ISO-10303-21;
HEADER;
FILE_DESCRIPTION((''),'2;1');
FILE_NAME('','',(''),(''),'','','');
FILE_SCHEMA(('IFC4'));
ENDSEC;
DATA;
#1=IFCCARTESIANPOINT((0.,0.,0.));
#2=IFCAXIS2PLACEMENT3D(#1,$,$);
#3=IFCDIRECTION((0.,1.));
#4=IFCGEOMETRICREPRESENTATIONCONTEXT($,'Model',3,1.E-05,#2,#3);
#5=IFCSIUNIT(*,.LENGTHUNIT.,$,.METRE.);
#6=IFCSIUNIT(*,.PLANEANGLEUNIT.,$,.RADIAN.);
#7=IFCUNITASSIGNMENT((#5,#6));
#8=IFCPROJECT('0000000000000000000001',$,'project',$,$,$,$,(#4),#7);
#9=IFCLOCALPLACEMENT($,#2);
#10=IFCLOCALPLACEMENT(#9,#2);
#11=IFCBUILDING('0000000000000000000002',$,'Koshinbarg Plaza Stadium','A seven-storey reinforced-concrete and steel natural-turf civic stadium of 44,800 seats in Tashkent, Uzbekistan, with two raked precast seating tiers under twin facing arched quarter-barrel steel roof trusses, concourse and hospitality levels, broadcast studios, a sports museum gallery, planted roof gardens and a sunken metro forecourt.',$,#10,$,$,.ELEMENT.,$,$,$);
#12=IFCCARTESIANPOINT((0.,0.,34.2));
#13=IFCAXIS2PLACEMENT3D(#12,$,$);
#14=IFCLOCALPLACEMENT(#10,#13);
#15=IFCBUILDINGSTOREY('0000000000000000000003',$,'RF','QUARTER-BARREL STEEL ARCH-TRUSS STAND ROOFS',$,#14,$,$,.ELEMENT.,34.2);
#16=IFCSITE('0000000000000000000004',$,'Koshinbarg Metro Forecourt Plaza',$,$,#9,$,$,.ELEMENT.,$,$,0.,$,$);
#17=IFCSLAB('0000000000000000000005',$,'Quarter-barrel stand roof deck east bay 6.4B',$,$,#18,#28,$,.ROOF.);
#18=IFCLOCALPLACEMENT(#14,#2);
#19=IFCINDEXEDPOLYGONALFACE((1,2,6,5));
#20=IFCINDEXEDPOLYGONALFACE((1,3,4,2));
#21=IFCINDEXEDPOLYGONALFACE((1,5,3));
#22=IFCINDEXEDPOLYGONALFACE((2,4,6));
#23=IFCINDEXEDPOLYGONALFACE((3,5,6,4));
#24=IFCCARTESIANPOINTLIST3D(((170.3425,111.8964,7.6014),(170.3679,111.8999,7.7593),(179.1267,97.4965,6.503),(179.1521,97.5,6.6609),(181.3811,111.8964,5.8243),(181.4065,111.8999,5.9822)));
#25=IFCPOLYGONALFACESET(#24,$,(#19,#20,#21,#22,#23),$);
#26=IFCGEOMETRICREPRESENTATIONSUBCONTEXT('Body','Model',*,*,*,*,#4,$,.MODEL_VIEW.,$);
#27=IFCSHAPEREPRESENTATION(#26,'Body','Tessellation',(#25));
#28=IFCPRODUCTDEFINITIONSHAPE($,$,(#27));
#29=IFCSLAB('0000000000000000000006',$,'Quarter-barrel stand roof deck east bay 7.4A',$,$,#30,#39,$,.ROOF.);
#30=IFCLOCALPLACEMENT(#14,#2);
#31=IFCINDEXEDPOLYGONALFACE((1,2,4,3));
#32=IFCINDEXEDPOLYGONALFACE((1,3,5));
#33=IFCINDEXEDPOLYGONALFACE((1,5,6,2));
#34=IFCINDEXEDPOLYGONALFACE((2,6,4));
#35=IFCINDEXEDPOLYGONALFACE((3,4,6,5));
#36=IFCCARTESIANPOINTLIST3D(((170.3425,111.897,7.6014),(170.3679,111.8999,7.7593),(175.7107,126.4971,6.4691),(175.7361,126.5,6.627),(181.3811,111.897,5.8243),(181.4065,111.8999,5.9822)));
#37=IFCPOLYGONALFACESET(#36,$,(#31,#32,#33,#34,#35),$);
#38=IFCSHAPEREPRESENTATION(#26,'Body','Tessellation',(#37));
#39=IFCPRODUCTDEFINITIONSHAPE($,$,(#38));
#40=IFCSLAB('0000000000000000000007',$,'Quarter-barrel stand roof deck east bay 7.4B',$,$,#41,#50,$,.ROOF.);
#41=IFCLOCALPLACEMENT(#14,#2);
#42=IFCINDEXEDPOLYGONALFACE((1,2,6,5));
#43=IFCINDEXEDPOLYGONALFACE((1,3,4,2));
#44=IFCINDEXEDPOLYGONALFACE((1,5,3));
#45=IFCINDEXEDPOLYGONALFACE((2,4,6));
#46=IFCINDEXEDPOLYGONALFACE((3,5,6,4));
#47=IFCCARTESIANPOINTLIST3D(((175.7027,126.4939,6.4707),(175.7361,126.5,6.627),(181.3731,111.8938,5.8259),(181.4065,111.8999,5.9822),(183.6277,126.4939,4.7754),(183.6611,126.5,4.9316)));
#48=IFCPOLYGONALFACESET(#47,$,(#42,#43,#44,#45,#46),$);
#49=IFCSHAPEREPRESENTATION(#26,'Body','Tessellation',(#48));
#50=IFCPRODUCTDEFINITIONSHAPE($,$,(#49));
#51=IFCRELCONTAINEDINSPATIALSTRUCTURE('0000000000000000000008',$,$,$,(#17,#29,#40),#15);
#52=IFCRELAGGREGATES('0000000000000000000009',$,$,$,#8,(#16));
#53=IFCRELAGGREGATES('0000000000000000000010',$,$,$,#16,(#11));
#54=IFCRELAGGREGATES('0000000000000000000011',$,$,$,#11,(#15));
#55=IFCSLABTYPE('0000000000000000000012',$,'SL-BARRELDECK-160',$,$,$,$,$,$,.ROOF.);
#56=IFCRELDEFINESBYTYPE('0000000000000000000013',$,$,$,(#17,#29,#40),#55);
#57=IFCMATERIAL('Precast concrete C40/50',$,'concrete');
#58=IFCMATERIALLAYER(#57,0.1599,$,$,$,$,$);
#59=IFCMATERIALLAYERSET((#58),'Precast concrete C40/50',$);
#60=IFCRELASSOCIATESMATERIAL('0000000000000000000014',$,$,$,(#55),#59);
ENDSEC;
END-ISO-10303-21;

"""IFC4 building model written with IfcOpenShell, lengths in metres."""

from ifc_helpers import new_model, si_unit, direction, frame, origin, place, context, subcontext, project, spatial, polyline, outline, extrude, material, layer, layer_set, type_object, element, save


model = new_model("IFC4")

# Units and contexts
model_context = context("Model", 3, precision=1e-05, world=origin(), true_north=direction((0.0, 1.0)))
body_context = subcontext(model_context, "Body", "Model", "MODEL_VIEW")
ifc_project = project(units=[si_unit("LENGTHUNIT", "METRE"), si_unit("PLANEANGLEUNIT", "RADIAN")], contexts=[model_context])

# Site, building, storey
site_placement = place(None, origin())
site = spatial("IfcSite", under=ifc_project, at=site_placement, Name="Koshinbarg Metro Forecourt Plaza", CompositionType="ELEMENT", RefElevation=0.0)
building_placement = place(site_placement, origin())
building = spatial("IfcBuilding", under=site, at=building_placement, Name="Koshinbarg Plaza Stadium", Description="A seven-storey reinforced-concrete and steel natural-turf civic stadium of 44,800 seats in Tashkent, Uzbekistan, with two raked precast seating tiers under twin facing arched quarter-barrel steel roof trusses, concourse and hospitality levels, broadcast studios, a sports museum gallery, planted roof gardens and a sunken metro forecourt.", CompositionType="ELEMENT")
storey_placement = place(building_placement, frame((0.0, 0.0, 34.2)))
storey = spatial("IfcBuildingStorey", under=building, at=storey_placement, Name="RF", Description="QUARTER-BARREL STEEL ARCH-TRUSS STAND ROOFS", CompositionType="ELEMENT", Elevation=34.2)

# Slabs
ifc_material_1 = material(Name="Precast concrete C40/50", Category="concrete")
ifc_layer_1 = layer(ifc_material_1, 0.1599)
ifc_layer_set_1 = layer_set([ifc_layer_1], Name="Precast concrete C40/50")
slab_type = type_object("IfcSlabType", Name="SL-BARRELDECK-160", PredefinedType="ROOF", material=ifc_layer_set_1)
slab_1_placement = place(storey_placement, frame((179.1521, 97.5, 6.6609), z_axis=(0.158906, 0.021645, 0.987056), x_axis=(-0.519669, 0.851893, 0.06498)))
element("IfcSlab", 1, at=slab_1_placement, inside=storey, type_object=slab_type, Name="Quarter-barrel stand roof deck east bay 6.4B", PredefinedType="ROOF", context=body_context, shape_type="SweptSolid", body=[
    extrude(outline(polyline([(0.0, 0.0), (16.9034, 0.0), (11.0515, -9.527), (0.0, 0.0)])), origin(), (0.0, 0.0, -1.0), 0.1599),
])
slab_2_placement = place(storey_placement, frame((181.4065, 111.8999, 5.9822), z_axis=(0.158917, 0.018127, 0.987125), x_axis=(-0.987288, 0.0, 0.158943)))
element("IfcSlab", 2, at=slab_2_placement, inside=storey, type_object=slab_type, Name="Quarter-barrel stand roof deck east bay 7.4A", PredefinedType="ROOF", context=body_context, shape_type="SweptSolid", body=[
    extrude(outline(polyline([(0.0, 0.0), (11.1807, 0.0), (5.7008, -14.6025), (0.0, 0.0)])), origin(), (0.0, 0.0, -1.0), 0.1599),
])
slab_3_placement = place(storey_placement, frame((181.4065, 111.8999, 5.9822), z_axis=(0.209034, 0.038031, 0.977169), x_axis=(-0.361729, 0.931375, 0.041132)))
element("IfcSlab", 3, at=slab_3_placement, inside=storey, type_object=slab_type, Name="Quarter-barrel stand roof deck east bay 7.4B", PredefinedType="ROOF", context=body_context, shape_type="SweptSolid", body=[
    extrude(outline(polyline([(0.0, 0.0), (15.6758, 0.0), (12.7394, -7.5537), (0.0, 0.0)])), origin(), (0.0, 0.0, -1.0), 0.1599),
])

save(model, "model.ifc")
